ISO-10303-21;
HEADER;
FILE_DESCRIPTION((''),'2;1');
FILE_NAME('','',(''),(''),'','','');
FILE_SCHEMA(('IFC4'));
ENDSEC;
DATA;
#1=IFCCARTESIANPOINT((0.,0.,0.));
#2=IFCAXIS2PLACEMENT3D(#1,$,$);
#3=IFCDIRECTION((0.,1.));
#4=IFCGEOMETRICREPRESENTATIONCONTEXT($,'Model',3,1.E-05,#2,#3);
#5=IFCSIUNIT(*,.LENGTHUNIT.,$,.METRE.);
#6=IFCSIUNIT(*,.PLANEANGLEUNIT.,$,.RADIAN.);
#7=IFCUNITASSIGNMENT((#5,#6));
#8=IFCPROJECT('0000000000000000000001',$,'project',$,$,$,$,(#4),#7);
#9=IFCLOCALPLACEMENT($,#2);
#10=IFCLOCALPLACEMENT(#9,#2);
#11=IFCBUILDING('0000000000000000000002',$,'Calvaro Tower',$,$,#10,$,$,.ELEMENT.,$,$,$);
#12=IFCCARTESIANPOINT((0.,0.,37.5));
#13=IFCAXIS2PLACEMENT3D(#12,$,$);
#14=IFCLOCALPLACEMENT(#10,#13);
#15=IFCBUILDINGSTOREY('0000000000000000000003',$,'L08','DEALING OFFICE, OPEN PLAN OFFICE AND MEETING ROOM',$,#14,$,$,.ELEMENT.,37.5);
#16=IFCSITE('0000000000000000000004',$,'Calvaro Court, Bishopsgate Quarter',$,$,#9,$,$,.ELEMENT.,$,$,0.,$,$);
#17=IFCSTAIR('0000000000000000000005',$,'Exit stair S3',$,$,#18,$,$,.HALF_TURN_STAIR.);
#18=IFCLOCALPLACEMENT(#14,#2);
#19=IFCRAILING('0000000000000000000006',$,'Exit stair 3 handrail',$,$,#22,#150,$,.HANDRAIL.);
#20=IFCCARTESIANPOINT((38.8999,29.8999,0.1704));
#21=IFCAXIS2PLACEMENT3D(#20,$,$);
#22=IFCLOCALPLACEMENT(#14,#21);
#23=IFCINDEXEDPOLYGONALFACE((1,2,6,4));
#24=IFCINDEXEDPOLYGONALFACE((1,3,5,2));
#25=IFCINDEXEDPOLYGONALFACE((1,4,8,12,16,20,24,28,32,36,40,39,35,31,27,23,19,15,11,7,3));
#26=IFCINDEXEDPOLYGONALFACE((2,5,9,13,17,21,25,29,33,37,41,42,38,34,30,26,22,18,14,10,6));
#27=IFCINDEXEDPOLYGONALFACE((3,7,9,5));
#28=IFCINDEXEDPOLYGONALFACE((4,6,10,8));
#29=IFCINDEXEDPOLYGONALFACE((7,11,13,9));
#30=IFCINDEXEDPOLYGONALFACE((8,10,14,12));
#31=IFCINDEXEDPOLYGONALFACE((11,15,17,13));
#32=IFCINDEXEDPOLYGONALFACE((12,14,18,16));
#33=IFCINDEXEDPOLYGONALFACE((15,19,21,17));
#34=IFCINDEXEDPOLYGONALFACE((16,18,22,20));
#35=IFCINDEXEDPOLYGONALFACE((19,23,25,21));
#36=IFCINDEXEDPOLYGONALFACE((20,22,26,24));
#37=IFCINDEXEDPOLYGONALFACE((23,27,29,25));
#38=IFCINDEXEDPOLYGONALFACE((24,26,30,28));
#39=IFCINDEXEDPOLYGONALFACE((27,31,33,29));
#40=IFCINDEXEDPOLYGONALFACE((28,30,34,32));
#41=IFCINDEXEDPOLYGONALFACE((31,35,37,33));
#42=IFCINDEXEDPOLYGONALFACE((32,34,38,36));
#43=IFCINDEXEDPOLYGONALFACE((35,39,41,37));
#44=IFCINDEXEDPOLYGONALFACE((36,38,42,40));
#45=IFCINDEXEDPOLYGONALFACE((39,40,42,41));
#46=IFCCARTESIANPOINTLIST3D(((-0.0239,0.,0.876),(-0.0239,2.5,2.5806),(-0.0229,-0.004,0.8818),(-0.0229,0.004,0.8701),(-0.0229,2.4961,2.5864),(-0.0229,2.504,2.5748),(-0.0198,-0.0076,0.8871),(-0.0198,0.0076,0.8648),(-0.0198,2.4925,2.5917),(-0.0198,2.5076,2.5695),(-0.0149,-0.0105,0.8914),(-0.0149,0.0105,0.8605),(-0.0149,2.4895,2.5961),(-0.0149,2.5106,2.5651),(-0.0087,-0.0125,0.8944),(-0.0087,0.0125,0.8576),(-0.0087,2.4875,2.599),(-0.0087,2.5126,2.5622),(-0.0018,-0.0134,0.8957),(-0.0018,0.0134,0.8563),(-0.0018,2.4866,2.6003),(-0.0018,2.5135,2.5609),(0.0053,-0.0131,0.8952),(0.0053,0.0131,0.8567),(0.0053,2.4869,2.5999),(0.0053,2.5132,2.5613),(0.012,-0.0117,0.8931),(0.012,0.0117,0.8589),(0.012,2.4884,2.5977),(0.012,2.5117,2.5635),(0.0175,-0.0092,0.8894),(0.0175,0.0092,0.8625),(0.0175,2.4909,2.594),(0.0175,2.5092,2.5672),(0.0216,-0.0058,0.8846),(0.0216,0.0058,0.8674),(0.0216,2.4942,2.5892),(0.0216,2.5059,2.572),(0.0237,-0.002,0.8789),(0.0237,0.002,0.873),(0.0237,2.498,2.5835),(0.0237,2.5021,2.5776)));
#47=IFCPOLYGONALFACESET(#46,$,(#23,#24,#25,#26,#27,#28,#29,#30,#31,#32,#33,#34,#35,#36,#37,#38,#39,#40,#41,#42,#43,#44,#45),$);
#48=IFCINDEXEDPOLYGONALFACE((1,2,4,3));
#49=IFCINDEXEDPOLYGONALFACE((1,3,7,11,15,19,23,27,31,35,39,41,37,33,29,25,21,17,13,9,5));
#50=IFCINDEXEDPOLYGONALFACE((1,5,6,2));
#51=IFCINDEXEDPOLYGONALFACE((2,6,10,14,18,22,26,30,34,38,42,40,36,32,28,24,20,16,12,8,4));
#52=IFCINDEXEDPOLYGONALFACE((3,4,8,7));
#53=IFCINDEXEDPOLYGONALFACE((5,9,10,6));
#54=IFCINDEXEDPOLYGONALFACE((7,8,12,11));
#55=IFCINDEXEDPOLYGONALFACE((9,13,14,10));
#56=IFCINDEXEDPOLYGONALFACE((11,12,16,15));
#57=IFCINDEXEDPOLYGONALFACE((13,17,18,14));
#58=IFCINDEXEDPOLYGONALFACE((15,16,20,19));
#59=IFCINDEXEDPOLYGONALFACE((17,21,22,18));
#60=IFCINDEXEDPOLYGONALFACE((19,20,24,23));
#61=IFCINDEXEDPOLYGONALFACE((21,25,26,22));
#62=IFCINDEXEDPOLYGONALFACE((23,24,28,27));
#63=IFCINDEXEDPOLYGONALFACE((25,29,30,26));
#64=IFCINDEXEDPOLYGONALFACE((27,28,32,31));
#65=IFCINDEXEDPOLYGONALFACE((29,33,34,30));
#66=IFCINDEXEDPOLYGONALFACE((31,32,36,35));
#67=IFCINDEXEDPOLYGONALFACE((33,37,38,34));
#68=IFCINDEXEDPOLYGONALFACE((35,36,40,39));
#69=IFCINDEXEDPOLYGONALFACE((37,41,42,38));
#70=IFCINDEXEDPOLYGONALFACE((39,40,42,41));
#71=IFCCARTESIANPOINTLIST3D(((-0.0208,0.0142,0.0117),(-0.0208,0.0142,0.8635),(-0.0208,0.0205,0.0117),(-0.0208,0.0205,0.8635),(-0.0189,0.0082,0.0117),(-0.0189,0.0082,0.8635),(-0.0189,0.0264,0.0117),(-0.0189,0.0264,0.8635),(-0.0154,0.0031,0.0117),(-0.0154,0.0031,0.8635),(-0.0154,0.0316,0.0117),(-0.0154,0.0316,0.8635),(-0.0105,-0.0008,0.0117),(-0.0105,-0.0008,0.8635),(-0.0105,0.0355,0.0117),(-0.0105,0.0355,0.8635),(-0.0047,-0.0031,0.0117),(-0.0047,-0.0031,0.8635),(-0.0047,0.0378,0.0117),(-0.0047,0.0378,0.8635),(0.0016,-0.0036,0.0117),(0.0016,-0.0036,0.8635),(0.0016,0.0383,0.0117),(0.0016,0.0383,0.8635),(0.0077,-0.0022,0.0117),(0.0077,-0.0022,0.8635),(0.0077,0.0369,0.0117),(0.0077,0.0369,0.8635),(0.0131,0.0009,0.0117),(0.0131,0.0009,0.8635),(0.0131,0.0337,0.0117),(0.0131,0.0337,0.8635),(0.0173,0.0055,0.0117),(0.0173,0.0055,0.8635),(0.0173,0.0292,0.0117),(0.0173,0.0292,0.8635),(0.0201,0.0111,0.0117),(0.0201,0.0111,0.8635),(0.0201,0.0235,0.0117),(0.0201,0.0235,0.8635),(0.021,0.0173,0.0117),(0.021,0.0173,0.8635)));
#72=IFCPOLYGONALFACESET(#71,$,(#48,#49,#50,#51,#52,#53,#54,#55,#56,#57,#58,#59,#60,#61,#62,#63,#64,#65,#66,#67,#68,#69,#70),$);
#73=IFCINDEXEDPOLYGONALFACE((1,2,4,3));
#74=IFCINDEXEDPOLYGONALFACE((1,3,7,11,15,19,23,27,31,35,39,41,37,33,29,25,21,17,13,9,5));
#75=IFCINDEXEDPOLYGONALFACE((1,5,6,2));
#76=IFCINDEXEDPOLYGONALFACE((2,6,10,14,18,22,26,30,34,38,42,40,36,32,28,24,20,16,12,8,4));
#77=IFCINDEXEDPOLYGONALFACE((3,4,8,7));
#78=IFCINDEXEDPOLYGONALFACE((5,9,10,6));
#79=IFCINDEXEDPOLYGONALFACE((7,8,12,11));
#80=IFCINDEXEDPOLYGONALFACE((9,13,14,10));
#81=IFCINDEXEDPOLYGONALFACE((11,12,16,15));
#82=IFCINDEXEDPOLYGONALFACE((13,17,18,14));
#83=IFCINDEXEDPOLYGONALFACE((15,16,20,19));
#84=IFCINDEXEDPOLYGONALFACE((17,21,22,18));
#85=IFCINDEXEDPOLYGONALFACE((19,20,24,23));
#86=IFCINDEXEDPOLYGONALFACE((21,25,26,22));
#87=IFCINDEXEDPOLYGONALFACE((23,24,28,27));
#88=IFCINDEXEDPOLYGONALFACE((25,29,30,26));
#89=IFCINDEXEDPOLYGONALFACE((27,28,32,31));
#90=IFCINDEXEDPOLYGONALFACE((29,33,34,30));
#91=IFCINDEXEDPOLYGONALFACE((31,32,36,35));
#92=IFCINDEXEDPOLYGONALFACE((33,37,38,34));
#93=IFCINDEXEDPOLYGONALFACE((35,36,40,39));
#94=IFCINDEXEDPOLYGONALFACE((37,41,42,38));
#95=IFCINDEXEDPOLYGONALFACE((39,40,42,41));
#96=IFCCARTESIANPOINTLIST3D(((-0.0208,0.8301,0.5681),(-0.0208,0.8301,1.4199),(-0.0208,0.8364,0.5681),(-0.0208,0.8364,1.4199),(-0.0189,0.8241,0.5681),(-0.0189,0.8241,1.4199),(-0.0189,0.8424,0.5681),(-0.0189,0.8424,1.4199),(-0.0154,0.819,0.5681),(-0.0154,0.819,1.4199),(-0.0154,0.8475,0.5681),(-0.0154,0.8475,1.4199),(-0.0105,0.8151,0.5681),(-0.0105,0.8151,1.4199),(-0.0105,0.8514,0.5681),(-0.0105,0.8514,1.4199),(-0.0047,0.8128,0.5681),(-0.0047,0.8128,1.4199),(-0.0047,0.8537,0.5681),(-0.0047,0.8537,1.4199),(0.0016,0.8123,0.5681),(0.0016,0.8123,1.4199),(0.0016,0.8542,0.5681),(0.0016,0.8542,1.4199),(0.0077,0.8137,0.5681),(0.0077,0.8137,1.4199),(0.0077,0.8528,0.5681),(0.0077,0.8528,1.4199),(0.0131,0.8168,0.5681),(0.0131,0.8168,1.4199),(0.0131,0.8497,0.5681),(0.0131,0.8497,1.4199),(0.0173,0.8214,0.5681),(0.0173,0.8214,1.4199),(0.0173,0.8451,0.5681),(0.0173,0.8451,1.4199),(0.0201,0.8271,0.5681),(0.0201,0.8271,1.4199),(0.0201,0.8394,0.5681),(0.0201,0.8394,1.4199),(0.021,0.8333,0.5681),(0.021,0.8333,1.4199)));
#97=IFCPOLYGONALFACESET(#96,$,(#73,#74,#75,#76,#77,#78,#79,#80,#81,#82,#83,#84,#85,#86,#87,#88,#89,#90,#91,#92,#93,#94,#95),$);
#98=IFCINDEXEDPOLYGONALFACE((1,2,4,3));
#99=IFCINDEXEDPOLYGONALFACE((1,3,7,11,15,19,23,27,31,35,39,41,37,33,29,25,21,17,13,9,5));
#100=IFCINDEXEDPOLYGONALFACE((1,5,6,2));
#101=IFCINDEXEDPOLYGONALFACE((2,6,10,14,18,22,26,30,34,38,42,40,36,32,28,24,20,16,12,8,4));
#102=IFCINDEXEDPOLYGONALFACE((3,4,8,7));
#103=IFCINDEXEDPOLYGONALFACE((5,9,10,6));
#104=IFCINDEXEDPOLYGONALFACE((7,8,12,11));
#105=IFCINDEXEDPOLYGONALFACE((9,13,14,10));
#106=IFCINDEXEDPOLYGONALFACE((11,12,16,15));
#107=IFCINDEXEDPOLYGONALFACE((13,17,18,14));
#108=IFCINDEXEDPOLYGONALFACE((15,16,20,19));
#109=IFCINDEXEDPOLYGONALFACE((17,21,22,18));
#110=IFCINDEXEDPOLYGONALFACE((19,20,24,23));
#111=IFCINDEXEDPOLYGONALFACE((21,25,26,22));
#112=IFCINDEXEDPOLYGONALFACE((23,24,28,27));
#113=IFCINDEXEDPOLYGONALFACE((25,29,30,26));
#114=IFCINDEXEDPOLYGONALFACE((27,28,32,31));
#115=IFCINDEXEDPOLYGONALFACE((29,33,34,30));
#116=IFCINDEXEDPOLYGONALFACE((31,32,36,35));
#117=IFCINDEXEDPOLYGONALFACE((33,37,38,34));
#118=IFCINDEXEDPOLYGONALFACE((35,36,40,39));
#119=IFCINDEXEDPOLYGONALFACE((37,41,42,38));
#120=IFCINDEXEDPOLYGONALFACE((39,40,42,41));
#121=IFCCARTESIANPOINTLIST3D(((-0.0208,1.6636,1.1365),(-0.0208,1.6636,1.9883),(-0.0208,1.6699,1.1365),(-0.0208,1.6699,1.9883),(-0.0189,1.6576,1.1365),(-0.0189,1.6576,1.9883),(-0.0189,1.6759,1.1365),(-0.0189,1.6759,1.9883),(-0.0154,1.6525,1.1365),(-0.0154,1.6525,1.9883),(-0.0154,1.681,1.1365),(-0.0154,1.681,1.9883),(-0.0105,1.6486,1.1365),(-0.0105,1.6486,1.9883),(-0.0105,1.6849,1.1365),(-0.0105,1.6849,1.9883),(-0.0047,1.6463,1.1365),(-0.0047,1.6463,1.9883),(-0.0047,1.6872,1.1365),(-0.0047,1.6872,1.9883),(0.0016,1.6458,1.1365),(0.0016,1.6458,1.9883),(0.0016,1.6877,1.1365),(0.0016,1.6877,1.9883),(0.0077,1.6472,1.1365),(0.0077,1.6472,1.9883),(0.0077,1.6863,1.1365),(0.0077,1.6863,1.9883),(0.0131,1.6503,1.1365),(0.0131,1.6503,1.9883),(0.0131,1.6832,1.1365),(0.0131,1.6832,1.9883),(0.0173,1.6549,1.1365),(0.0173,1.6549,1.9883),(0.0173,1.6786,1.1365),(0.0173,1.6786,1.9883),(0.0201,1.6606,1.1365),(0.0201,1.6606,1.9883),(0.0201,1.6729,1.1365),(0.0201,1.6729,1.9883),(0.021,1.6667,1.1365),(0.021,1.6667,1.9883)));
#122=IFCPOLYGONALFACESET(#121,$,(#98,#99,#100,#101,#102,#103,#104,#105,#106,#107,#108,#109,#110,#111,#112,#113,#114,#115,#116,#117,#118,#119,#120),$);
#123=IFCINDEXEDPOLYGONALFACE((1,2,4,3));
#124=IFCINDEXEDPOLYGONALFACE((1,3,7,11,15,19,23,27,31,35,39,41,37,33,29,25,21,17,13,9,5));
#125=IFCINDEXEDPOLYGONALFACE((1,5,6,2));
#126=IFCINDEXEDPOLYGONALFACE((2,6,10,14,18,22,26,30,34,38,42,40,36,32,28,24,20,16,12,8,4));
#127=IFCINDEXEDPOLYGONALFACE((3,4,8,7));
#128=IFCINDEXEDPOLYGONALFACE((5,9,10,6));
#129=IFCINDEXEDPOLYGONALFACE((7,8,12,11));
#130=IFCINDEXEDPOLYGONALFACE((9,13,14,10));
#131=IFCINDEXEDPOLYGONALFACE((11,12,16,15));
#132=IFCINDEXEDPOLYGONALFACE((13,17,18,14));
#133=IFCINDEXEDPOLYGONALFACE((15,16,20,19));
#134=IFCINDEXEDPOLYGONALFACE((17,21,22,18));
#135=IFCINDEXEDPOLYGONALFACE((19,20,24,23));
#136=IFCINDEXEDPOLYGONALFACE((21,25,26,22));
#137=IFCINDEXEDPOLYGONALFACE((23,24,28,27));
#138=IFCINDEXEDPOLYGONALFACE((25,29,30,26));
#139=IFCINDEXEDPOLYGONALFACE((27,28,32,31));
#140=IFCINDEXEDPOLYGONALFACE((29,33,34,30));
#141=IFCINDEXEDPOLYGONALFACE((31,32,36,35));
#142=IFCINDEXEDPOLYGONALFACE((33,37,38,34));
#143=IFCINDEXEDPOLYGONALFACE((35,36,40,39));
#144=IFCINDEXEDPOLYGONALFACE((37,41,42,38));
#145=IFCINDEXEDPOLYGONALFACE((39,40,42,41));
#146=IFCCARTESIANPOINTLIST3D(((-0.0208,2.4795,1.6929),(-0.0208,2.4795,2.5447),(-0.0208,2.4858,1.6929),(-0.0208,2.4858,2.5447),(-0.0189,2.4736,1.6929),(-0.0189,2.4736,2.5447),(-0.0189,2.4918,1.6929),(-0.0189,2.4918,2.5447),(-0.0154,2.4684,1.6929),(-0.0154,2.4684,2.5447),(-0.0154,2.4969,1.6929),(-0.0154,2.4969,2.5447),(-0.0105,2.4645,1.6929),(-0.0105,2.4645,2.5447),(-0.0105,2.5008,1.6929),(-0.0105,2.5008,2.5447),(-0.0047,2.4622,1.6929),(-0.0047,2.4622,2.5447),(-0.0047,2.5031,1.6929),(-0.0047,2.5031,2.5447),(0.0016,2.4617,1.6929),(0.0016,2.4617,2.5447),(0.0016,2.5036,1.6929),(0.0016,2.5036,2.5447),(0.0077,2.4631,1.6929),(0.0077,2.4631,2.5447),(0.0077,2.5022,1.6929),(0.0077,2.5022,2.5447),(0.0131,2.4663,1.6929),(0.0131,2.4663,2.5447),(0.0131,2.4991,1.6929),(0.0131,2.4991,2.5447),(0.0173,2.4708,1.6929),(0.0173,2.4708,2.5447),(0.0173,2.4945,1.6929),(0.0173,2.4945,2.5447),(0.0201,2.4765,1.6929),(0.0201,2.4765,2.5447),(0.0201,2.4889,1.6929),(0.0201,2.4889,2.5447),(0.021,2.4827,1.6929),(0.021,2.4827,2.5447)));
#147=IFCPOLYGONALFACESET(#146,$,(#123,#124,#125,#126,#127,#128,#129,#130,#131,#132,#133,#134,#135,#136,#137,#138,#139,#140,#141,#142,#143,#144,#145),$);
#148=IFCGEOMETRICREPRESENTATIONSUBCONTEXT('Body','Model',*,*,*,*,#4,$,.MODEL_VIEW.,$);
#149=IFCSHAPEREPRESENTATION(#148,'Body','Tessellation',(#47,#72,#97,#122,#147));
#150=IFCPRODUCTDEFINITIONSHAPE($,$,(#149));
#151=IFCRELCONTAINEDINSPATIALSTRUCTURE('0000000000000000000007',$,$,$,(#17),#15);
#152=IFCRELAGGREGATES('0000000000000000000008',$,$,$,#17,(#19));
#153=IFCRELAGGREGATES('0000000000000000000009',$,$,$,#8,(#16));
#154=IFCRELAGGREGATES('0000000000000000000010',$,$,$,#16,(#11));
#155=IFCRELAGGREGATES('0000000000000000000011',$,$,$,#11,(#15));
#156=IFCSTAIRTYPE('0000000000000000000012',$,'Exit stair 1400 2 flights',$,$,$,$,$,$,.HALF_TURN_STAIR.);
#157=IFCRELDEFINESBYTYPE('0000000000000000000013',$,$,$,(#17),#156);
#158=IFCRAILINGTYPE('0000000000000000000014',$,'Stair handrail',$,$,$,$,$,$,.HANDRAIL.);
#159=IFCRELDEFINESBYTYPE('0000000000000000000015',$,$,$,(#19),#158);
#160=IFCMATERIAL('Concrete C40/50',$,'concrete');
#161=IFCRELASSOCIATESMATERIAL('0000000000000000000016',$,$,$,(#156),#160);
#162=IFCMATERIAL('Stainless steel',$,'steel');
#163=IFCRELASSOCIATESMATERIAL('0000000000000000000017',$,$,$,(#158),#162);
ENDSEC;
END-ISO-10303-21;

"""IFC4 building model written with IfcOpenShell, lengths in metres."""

from ifc_helpers import new_model, si_unit, direction, frame, origin, origin_2d, place, context, subcontext, project, spatial, circle, extrude, material, type_object, element, aggregate, save


model = new_model("IFC4")

# Units and contexts
model_context = context("Model", 3, precision=1e-05, world=origin(), true_north=direction((0.0, 1.0)))
body_context = subcontext(model_context, "Body", "Model", "MODEL_VIEW")
ifc_project = project(units=[si_unit("LENGTHUNIT", "METRE"), si_unit("PLANEANGLEUNIT", "RADIAN")], contexts=[model_context])

# Site, building, storey
site_placement = place(None, origin())
site = spatial("IfcSite", under=ifc_project, at=site_placement, Name="Calvaro Court, Bishopsgate Quarter", CompositionType="ELEMENT", RefElevation=0.0)
building_placement = place(site_placement, origin())
building = spatial("IfcBuilding", under=site, at=building_placement, Name="Calvaro Tower", CompositionType="ELEMENT")
storey_placement = place(building_placement, frame((0.0, 0.0, 37.5)))
storey = spatial("IfcBuildingStorey", under=building, at=storey_placement, Name="L08", Description="DEALING OFFICE, OPEN PLAN OFFICE AND MEETING ROOM", CompositionType="ELEMENT", Elevation=37.5)

# Stair, railing
ifc_material_1 = material(Name="Concrete C40/50", Category="concrete")
stair_type = type_object("IfcStairType", Name="Exit stair 1400 2 flights", PredefinedType="HALF_TURN_STAIR", material=ifc_material_1)
stair_1_placement = place(storey_placement, origin())
stair_1 = element("IfcStair", 1, at=stair_1_placement, inside=storey, type_object=stair_type, Name="Exit stair S3", PredefinedType="HALF_TURN_STAIR")
ifc_material_2 = material(Name="Stainless steel", Category="steel")
railing_type = type_object("IfcRailingType", Name="Stair handrail", PredefinedType="HANDRAIL", material=ifc_material_2)
railing_1_placement = place(storey_placement, frame((38.8999, 29.8999, 0.1704)))
railing_1 = element("IfcRailing", 2, at=railing_1_placement, type_object=railing_type, Name="Exit stair 3 handrail", PredefinedType="HANDRAIL", context=body_context, shape_type="SweptSolid", body=[
    extrude(circle(Radius=0.0239, at=origin_2d()), frame((0.0, 0.0, 0.876), z_axis=(0.0, 0.826221, 0.563347), x_axis=(-1.0, 0.0, 0.0)), (0.0, 0.0, 1.0), 3.0259),
    extrude(circle(Radius=0.021, at=origin_2d()), frame((0.0, 0.0173, 0.0117)), (0.0, 0.0, 1.0), 0.8518),
    extrude(circle(Radius=0.021, at=origin_2d()), frame((0.0, 0.8333, 0.5681)), (0.0, 0.0, 1.0), 0.8518),
    extrude(circle(Radius=0.021, at=origin_2d()), frame((0.0, 1.6667, 1.1365)), (0.0, 0.0, 1.0), 0.8518),
    extrude(circle(Radius=0.021, at=origin_2d()), frame((0.0, 2.4827, 1.6929)), (0.0, 0.0, 1.0), 0.8518),
])
aggregate(stair_1, [railing_1])

save(model, "model.ifc")
